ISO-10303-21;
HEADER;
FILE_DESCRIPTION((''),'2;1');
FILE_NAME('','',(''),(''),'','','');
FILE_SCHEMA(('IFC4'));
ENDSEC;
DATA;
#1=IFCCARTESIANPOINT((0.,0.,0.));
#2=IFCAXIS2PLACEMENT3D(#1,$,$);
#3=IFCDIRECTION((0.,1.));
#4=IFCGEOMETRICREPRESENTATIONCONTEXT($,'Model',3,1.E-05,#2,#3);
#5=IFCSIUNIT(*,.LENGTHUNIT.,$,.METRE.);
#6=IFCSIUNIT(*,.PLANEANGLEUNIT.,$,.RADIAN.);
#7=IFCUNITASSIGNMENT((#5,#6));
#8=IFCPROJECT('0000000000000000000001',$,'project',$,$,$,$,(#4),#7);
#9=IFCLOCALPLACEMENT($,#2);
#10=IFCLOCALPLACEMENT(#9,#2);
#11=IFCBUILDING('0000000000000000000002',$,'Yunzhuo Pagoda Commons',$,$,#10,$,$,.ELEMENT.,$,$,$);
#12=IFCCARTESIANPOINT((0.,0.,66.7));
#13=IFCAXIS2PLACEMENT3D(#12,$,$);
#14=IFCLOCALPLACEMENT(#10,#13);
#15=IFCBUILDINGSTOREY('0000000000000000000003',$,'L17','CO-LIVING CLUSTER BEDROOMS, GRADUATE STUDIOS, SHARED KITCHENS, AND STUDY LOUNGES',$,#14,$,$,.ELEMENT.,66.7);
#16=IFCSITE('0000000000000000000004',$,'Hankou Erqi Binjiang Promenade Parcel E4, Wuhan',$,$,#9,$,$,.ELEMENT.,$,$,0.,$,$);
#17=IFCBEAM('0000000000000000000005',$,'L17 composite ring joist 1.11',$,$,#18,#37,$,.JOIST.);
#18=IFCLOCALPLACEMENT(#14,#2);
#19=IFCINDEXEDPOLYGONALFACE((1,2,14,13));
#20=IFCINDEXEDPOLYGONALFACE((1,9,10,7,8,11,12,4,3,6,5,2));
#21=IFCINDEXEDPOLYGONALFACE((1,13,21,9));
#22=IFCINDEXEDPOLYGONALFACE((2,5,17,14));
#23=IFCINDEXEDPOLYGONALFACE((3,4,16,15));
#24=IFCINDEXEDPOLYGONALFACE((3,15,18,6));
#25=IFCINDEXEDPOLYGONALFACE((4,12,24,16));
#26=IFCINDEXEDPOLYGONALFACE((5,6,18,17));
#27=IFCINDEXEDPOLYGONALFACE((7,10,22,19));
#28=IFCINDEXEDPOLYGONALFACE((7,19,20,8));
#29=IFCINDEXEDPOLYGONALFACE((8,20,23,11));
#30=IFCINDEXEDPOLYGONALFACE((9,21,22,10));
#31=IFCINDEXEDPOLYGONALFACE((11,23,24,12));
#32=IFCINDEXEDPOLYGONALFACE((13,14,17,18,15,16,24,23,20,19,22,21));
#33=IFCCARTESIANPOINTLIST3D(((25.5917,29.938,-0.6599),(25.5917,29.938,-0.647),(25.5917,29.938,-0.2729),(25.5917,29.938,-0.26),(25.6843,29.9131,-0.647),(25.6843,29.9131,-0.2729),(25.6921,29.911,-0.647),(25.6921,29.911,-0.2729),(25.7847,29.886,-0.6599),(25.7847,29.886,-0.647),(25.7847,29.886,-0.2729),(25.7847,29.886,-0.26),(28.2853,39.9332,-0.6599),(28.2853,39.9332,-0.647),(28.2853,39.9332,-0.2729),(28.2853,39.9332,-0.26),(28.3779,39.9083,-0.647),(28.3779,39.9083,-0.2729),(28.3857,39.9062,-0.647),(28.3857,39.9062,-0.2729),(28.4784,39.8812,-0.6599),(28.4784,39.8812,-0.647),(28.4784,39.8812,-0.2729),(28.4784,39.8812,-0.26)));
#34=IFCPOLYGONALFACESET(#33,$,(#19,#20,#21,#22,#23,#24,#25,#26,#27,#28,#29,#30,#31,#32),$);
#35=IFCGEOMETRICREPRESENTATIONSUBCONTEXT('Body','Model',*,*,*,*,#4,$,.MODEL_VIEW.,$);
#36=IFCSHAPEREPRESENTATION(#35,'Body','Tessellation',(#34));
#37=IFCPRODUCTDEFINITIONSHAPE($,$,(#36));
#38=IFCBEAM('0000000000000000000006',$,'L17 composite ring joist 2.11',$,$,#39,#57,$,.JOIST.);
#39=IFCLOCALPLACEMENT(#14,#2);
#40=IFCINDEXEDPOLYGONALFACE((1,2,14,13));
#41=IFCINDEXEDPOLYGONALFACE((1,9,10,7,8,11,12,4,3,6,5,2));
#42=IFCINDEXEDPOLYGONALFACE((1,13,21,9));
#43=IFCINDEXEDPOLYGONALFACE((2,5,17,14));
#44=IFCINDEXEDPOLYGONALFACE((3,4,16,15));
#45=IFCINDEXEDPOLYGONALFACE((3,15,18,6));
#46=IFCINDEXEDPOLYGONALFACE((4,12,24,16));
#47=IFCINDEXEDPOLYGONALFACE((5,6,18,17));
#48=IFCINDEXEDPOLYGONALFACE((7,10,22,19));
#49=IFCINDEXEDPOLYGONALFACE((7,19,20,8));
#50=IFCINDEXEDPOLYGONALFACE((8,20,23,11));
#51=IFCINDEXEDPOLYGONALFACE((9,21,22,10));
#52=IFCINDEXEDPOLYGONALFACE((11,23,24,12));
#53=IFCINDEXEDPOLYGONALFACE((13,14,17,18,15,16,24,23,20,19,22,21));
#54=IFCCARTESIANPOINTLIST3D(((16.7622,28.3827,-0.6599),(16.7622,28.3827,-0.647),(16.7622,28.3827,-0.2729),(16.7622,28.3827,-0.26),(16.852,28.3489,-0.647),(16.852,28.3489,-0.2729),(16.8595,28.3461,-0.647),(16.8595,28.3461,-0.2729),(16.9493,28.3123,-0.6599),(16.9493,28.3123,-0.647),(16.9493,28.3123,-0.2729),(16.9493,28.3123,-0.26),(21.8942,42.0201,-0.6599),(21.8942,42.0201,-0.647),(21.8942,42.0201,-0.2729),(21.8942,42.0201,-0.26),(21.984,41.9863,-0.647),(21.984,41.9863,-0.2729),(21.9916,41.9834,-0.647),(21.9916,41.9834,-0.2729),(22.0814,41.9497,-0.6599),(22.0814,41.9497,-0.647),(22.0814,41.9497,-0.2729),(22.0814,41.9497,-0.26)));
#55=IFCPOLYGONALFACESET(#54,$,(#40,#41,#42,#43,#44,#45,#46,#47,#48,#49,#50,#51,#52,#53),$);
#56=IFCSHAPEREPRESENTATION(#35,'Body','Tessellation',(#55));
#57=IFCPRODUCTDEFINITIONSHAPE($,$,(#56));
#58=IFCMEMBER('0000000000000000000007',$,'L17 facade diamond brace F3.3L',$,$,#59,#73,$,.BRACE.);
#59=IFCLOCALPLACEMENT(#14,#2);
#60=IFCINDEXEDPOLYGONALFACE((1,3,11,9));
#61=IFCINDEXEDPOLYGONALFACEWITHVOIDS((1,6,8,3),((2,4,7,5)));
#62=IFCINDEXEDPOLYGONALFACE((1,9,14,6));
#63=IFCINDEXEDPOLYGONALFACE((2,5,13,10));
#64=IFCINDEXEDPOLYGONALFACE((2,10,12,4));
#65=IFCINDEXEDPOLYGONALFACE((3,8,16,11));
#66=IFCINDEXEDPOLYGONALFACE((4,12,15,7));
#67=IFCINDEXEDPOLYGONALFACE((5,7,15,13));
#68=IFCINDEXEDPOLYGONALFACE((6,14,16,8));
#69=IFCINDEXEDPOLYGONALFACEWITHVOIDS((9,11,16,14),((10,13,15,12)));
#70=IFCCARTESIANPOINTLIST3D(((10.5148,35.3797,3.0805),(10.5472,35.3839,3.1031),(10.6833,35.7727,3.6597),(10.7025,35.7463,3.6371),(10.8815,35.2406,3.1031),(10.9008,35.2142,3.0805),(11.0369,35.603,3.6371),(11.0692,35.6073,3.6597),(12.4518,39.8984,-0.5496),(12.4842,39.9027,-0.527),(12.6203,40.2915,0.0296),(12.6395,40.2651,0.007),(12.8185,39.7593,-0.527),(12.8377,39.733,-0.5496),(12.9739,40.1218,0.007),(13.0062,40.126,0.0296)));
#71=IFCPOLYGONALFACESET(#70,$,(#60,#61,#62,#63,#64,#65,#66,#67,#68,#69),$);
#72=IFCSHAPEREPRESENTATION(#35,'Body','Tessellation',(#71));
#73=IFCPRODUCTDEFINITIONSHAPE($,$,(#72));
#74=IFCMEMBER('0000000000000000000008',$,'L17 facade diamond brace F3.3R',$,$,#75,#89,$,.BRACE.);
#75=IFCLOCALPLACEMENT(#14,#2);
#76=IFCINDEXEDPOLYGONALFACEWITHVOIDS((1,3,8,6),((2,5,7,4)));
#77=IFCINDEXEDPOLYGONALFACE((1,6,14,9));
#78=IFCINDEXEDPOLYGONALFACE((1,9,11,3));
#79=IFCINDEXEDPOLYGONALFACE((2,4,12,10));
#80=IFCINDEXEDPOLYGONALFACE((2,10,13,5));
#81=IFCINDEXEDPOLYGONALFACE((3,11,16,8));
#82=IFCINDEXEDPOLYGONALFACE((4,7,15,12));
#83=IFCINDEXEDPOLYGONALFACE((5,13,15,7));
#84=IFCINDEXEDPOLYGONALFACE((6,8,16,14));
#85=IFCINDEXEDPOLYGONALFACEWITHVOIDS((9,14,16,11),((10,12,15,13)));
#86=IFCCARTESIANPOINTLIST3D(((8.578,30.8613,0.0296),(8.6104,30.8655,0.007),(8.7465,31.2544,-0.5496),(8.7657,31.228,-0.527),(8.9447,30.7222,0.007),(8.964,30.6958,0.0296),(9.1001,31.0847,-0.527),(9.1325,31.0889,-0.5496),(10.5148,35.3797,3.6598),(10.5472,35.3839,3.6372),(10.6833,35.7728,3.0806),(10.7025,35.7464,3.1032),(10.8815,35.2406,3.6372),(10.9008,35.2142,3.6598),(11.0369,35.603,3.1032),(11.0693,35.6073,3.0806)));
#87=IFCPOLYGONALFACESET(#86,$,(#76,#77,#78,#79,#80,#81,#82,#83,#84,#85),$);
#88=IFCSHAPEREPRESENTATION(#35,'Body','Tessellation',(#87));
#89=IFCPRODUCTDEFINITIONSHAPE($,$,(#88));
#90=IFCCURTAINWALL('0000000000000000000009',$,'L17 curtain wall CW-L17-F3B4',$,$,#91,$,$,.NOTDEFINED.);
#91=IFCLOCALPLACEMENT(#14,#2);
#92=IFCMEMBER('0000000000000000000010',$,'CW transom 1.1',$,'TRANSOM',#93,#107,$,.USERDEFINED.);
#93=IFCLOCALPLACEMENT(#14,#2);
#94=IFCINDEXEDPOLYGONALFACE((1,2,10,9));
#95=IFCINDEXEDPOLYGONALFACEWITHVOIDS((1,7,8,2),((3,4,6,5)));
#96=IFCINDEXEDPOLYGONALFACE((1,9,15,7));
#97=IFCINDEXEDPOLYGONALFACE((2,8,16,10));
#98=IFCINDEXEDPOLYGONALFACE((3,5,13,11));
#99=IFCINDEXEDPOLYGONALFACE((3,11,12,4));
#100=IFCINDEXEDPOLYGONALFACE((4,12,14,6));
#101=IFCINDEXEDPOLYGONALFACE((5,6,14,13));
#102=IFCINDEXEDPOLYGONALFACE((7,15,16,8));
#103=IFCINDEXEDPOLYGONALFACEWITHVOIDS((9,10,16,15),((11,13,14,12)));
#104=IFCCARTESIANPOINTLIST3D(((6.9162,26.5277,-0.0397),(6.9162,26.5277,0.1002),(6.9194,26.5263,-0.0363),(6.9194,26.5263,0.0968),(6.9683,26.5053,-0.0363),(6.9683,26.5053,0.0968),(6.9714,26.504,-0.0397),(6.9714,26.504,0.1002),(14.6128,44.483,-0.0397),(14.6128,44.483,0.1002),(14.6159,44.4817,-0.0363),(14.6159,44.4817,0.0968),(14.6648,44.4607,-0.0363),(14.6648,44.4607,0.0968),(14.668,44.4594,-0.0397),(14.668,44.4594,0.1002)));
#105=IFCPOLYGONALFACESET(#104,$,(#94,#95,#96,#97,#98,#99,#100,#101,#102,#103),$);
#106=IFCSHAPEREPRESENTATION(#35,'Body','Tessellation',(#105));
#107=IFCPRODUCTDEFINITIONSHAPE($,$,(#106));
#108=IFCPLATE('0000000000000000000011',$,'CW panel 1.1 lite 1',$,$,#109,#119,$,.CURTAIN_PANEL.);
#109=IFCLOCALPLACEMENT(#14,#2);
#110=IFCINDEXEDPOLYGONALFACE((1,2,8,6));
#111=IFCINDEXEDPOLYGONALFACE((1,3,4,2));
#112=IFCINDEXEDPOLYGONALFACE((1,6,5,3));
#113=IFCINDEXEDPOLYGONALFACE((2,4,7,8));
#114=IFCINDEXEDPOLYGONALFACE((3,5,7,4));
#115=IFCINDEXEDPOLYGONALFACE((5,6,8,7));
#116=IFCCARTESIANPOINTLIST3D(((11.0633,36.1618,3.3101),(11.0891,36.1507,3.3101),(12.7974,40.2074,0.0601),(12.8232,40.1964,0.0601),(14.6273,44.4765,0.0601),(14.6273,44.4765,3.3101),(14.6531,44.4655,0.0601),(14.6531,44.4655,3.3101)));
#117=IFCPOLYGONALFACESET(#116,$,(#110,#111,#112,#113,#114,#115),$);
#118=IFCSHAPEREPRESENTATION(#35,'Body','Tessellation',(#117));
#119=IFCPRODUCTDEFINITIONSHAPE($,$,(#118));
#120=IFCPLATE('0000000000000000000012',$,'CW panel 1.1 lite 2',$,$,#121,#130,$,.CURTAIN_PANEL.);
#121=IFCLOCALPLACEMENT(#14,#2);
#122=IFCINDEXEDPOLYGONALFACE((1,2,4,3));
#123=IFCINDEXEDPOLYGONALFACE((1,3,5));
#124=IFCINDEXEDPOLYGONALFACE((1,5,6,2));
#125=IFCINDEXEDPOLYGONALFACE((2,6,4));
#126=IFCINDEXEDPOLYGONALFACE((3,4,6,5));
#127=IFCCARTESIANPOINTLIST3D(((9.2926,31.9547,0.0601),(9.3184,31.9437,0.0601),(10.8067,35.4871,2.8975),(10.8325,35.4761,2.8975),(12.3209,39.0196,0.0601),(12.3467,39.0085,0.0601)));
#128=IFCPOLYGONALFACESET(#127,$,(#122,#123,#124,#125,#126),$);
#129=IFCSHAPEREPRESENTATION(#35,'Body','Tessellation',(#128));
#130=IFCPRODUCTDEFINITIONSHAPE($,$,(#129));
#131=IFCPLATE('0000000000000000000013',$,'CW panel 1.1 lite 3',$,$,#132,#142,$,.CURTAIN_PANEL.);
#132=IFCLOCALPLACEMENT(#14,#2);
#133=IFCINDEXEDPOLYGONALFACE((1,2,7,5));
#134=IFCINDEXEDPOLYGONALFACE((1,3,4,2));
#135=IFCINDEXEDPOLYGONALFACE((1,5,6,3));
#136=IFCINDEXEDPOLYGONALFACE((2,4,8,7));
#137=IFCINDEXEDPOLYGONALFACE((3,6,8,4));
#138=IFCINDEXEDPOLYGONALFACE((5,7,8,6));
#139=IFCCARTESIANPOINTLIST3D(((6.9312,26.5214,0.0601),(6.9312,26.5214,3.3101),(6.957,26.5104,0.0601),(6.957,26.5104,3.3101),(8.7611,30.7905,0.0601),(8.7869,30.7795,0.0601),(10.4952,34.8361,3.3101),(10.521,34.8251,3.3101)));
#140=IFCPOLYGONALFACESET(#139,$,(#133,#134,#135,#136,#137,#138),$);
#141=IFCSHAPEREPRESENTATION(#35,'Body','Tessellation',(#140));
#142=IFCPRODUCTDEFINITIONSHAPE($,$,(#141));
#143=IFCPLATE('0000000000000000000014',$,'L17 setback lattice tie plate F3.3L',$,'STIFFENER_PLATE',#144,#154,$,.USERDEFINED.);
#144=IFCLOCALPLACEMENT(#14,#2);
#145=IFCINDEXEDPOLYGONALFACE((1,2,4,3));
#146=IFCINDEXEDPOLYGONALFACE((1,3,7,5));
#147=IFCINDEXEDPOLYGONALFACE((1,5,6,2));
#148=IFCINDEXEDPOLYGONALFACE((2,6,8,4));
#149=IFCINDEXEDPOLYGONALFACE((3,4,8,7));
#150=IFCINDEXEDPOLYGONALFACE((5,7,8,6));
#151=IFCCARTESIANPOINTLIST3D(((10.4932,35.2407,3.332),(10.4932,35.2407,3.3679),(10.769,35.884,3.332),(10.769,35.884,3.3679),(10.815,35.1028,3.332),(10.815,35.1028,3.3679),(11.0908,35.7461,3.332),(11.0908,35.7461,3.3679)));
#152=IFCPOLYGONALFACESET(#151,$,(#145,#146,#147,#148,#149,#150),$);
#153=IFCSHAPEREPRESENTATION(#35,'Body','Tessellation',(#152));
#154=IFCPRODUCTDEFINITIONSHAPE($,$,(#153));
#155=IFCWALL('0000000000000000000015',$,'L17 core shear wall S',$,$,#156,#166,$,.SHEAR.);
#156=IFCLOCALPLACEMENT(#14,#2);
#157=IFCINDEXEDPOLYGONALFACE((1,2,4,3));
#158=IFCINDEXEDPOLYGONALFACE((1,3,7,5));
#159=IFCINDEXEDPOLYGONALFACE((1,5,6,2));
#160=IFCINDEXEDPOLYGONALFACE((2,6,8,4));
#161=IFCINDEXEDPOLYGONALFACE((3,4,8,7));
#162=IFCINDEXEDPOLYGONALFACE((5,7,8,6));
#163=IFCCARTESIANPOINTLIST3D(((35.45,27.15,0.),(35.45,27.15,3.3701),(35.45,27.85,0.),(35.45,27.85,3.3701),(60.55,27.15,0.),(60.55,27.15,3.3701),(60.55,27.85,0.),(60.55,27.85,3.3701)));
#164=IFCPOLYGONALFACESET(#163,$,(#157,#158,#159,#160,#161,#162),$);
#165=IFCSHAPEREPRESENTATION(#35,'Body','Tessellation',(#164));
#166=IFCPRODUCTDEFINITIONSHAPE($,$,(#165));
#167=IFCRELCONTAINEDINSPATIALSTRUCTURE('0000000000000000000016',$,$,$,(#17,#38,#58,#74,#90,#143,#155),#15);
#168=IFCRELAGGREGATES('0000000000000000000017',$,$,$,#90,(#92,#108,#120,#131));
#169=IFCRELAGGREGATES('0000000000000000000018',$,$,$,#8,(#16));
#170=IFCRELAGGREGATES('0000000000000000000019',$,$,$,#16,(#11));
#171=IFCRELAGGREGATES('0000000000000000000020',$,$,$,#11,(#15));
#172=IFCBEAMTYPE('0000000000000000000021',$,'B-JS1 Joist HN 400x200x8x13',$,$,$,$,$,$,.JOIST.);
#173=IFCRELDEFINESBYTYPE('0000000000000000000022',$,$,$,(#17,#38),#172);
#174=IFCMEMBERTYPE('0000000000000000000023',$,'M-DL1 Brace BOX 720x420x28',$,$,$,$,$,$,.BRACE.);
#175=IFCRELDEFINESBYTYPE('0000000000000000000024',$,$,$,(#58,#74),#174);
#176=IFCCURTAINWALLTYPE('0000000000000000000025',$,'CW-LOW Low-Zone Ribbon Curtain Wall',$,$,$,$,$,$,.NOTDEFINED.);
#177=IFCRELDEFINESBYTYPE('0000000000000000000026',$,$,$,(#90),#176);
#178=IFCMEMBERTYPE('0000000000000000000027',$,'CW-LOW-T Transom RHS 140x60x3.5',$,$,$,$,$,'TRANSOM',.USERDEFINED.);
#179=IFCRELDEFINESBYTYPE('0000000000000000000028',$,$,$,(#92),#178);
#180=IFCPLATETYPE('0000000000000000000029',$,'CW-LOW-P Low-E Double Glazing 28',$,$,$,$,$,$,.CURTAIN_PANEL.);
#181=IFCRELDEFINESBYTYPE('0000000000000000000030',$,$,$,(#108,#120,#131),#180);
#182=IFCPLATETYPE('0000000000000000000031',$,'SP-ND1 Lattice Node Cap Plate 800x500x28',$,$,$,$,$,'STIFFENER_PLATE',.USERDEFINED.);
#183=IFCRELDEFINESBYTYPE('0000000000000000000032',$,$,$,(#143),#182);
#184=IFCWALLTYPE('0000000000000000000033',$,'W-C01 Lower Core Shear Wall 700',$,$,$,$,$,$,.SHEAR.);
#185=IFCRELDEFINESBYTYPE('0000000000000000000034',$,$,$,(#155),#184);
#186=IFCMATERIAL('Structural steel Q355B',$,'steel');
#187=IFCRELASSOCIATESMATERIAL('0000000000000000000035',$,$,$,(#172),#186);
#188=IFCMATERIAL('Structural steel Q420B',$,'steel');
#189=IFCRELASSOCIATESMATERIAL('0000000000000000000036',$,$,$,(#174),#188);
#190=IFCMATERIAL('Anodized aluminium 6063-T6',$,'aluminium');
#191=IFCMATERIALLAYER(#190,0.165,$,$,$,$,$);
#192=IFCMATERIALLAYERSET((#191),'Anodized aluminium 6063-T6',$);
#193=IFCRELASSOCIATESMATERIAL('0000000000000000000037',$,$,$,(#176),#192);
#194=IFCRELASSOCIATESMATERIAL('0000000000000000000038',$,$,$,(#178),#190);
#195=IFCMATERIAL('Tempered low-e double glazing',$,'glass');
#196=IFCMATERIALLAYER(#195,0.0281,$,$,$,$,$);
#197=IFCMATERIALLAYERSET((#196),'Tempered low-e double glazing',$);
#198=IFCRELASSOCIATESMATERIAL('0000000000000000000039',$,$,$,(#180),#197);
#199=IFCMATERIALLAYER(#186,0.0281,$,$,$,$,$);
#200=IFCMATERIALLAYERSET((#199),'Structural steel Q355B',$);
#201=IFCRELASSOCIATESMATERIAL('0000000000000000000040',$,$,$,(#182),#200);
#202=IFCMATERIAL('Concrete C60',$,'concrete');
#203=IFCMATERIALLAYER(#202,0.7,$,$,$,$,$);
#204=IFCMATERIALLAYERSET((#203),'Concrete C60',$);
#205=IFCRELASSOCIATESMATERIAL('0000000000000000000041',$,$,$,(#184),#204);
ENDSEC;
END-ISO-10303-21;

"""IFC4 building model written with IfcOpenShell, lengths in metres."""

from ifc_helpers import new_model, si_unit, direction, frame, frame_2d, origin, origin_2d, place, context, subcontext, project, spatial, polyline, rectangle, hollow_rectangle, i_section, outline, extrude, source, transform, mapped, material, layer, layer_set, material_profile, profile_set, type_object, element, aggregate, save


model = new_model("IFC4")

# Units and contexts
model_context = context("Model", 3, precision=1e-05, world=origin(), true_north=direction((0.0, 1.0)))
body_context = subcontext(model_context, "Body", "Model", "MODEL_VIEW")
ifc_project = project(units=[si_unit("LENGTHUNIT", "METRE"), si_unit("PLANEANGLEUNIT", "RADIAN")], contexts=[model_context])

# Site, building, storey
site_placement = place(None, origin())
site = spatial("IfcSite", under=ifc_project, at=site_placement, Name="Hankou Erqi Binjiang Promenade Parcel E4, Wuhan", CompositionType="ELEMENT", RefElevation=0.0)
building_placement = place(site_placement, origin())
building = spatial("IfcBuilding", under=site, at=building_placement, Name="Yunzhuo Pagoda Commons", CompositionType="ELEMENT")
storey_placement = place(building_placement, frame((0.0, 0.0, 66.7)))
storey = spatial("IfcBuildingStorey", under=building, at=storey_placement, Name="L17", Description="CO-LIVING CLUSTER BEDROOMS, GRADUATE STUDIOS, SHARED KITCHENS, AND STUDY LOUNGES", CompositionType="ELEMENT", Elevation=66.7)

# Shared definitions
ifc_material_1 = material(Name="Structural steel Q420B", Category="steel")

# Beams
ifc_material_2 = material(Name="Structural steel Q355B", Category="steel")
ifc_material_profile_1 = material_profile(ifc_material_2, i_section(OverallWidth=0.2, OverallDepth=0.3999, WebThickness=0.0081, FlangeThickness=0.0129, at=origin_2d()), Name="Structural steel Q355B")
ifc_profile_set_1 = profile_set([ifc_material_profile_1], Name="Structural steel Q355B")
beam_type_1 = type_object("IfcBeamType", Name="B-JS1 Joist HN 400x200x8x13", PredefinedType="JOIST", material=ifc_profile_set_1)
shared_shape_1 = source(origin(), body_context, "Body", "SweptSolid", [
    extrude(i_section(OverallWidth=0.2, OverallDepth=0.3999, WebThickness=0.0081, FlangeThickness=0.0129, at=origin_2d()), origin(), (0.0, 0.0, 1.0), 10.3518),
])
beam_1_placement = place(storey_placement, frame((28.3818, 39.9072, -0.46), z_axis=(-0.260209, -0.965552, 0.0), x_axis=(0.965552, -0.260209, 0.0)))
element("IfcBeam", 1, at=beam_1_placement, inside=storey, type_object=beam_type_1, Name="L17 composite ring joist 1.11", PredefinedType="JOIST", context=body_context, shape_type="MappedRepresentation", body=[
    mapped(shared_shape_1, transform((0.0, 0.0, 0.0), scale=1.0)),
])
shared_shape_2 = source(origin(), body_context, "Body", "SweptSolid", [
    extrude(i_section(OverallWidth=0.2, OverallDepth=0.3999, WebThickness=0.0081, FlangeThickness=0.0129, at=origin_2d()), origin(), (0.0, 0.0, 1.0), 14.571),
])
beam_2_placement = place(storey_placement, frame((21.9878, 41.9849, -0.46), z_axis=(-0.352208, -0.935922, 0.0), x_axis=(0.935922, -0.352208, 0.0)))
element("IfcBeam", 2, at=beam_2_placement, inside=storey, type_object=beam_type_1, Name="L17 composite ring joist 2.11", PredefinedType="JOIST", context=body_context, shape_type="MappedRepresentation", body=[
    mapped(shared_shape_2, transform((0.0, 0.0, 0.0), scale=1.0)),
])

# Members
ifc_material_profile_2 = material_profile(ifc_material_1, hollow_rectangle(XDim=0.4199, YDim=0.72, WallThickness=0.0281, at=origin_2d()), Name="Structural steel Q420B")
ifc_profile_set_2 = profile_set([ifc_material_profile_2], Name="Structural steel Q420B")
member_type_1 = type_object("IfcMemberType", Name="M-DL1 Brace BOX 720x420x28", PredefinedType="BRACE", material=ifc_profile_set_2)
shared_shape_3 = source(origin(), body_context, "Body", "SweptSolid", [
    extrude(hollow_rectangle(XDim=0.4199, YDim=0.72, WallThickness=0.0281, at=origin_2d()), origin(), (0.0, 0.0, 1.0), 6.1113),
])
member_1_placement = place(storey_placement, frame((12.729, 40.0122, -0.26), z_axis=(-0.31695, -0.739403, 0.593991), x_axis=(0.919117, -0.393985, 0.0)))
element("IfcMember", 3, at=member_1_placement, inside=storey, type_object=member_type_1, Name="L17 facade diamond brace F3.3L", PredefinedType="BRACE", context=body_context, shape_type="MappedRepresentation", body=[
    mapped(shared_shape_3, transform((0.0, 0.0, 0.0), scale=1.0)),
])
shared_shape_4 = source(origin(), body_context, "Body", "SweptSolid", [
    extrude(hollow_rectangle(XDim=0.4199, YDim=0.72, WallThickness=0.0281, at=origin_2d()), origin(), (0.0, 0.0, 1.0), 6.1111),
])
member_2_placement = place(storey_placement, frame((8.8552, 30.9751, -0.26), z_axis=(0.316933, 0.739376, 0.594034), x_axis=(-0.919119, 0.393979, 0.0)))
element("IfcMember", 4, at=member_2_placement, inside=storey, type_object=member_type_1, Name="L17 facade diamond brace F3.3R", PredefinedType="BRACE", context=body_context, shape_type="MappedRepresentation", body=[
    mapped(shared_shape_4, transform((0.0, 0.0, 0.0), scale=1.0)),
])

# Curtain wall, member, plates
ifc_material_3 = material(Name="Anodized aluminium 6063-T6", Category="aluminium")
ifc_layer_1 = layer(ifc_material_3, 0.165)
ifc_layer_set_1 = layer_set([ifc_layer_1], Name="Anodized aluminium 6063-T6")
curtain_wall_type = type_object("IfcCurtainWallType", Name="CW-LOW Low-Zone Ribbon Curtain Wall", PredefinedType="NOTDEFINED", material=ifc_layer_set_1)
curtain_wall_placement = place(storey_placement, origin())
curtain_wall = element("IfcCurtainWall", 5, at=curtain_wall_placement, inside=storey, type_object=curtain_wall_type, Name="L17 curtain wall CW-L17-F3B4", PredefinedType="NOTDEFINED")
ifc_material_profile_3 = material_profile(ifc_material_3, hollow_rectangle(XDim=0.0601, YDim=0.1399, WallThickness=0.0034, at=origin_2d()), Name="Anodized aluminium 6063-T6")
ifc_profile_set_3 = profile_set([ifc_material_profile_3], Name="Anodized aluminium 6063-T6")
member_type_2 = type_object("IfcMemberType", Name="CW-LOW-T Transom RHS 140x60x3.5", ElementType="TRANSOM", PredefinedType="USERDEFINED", material=ifc_profile_set_3)
shared_shape_5 = source(origin(), body_context, "Body", "SweptSolid", [
    extrude(hollow_rectangle(XDim=0.0601, YDim=0.1399, WallThickness=0.0034, at=origin_2d()), origin(), (0.0, 0.0, 1.0), 19.5354),
])
member_3_placement = place(storey_placement, frame((14.6404, 44.4712, 0.0303), z_axis=(-0.39398, -0.919119, 0.0), x_axis=(0.919119, -0.39398, 0.0)))
member_3 = element("IfcMember", 6, at=member_3_placement, type_object=member_type_2, Name="CW transom 1.1", ObjectType="TRANSOM", PredefinedType="USERDEFINED", context=body_context, shape_type="MappedRepresentation", body=[
    mapped(shared_shape_5, transform((0.0, 0.0, 0.0), scale=1.0)),
])
ifc_material_4 = material(Name="Tempered low-e double glazing", Category="glass")
ifc_layer_2 = layer(ifc_material_4, 0.0281)
ifc_layer_set_2 = layer_set([ifc_layer_2], Name="Tempered low-e double glazing")
plate_type_1 = type_object("IfcPlateType", Name="CW-LOW-P Low-E Double Glazing 28", PredefinedType="CURTAIN_PANEL", material=ifc_layer_set_2)
plate_1_placement = place(storey_placement, frame((12.8711, 40.3081, 1.6851), z_axis=(-0.919121, 0.393975, 0.0), x_axis=(-0.393975, -0.919121, 0.0)))
plate_1 = element("IfcPlate", 7, at=plate_1_placement, type_object=plate_type_1, Name="CW panel 1.1 lite 1", PredefinedType="CURTAIN_PANEL", context=body_context, shape_type="SweptSolid", body=[
    extrude(outline(polyline([(-4.5232, -1.625), (0.1216, -1.625), (4.5232, 1.625), (-4.5232, 1.625), (-4.5232, -1.625)])), origin(), (0.0, 0.0, 1.0), 0.0281),
])
plate_2_placement = place(storey_placement, frame((10.8325, 35.4761, 1.4788), z_axis=(-0.919121, 0.393975, 0.0), x_axis=(-0.393975, -0.919121, 0.0)))
plate_2 = element("IfcPlate", 8, at=plate_2_placement, type_object=plate_type_1, Name="CW panel 1.1 lite 2", PredefinedType="CURTAIN_PANEL", context=body_context, shape_type="SweptSolid", body=[
    extrude(outline(polyline([(-3.8433, -1.4187), (3.8433, -1.4187), (0.0, 1.4187), (-3.8433, -1.4187)])), origin(), (0.0, 0.0, 1.0), 0.0281),
])
plate_3_placement = place(storey_placement, frame((8.739, 30.6677, 1.6851), z_axis=(-0.919121, 0.393975, 0.0), x_axis=(-0.393975, -0.919121, 0.0)))
plate_3 = element("IfcPlate", 9, at=plate_3_placement, type_object=plate_type_1, Name="CW panel 1.1 lite 3", PredefinedType="CURTAIN_PANEL", context=body_context, shape_type="SweptSolid", body=[
    extrude(outline(polyline([(-4.5232, 1.625), (-0.1216, -1.625), (4.5232, -1.625), (4.5232, 1.625), (-4.5232, 1.625)])), origin(), (0.0, 0.0, 1.0), 0.0281),
])
aggregate(curtain_wall, [member_3, plate_1, plate_2, plate_3])

# Plate
ifc_layer_3 = layer(ifc_material_2, 0.0281)
ifc_layer_set_3 = layer_set([ifc_layer_3], Name="Structural steel Q355B")
plate_type_2 = type_object("IfcPlateType", Name="SP-ND1 Lattice Node Cap Plate 800x500x28", ElementType="STIFFENER_PLATE", PredefinedType="USERDEFINED", material=ifc_layer_set_3)
shared_shape_6 = source(origin(), body_context, "Body", "SweptSolid", [
    extrude(rectangle(XDim=0.7, YDim=0.3501, at=origin_2d()), origin(), (0.0, 0.0, 1.0), 0.0359),
])
plate_4_placement = place(storey_placement, frame((10.792, 35.4934, 3.332), z_axis=(0.0, 0.0, 1.0), x_axis=(-0.393974, -0.919122, 0.0)))
element("IfcPlate", 10, at=plate_4_placement, inside=storey, type_object=plate_type_2, Name="L17 setback lattice tie plate F3.3L", ObjectType="STIFFENER_PLATE", PredefinedType="USERDEFINED", context=body_context, shape_type="MappedRepresentation", body=[
    mapped(shared_shape_6, transform((0.0, 0.0, 0.0), scale=1.0)),
])

# Wall
ifc_material_5 = material(Name="Concrete C60", Category="concrete")
ifc_layer_4 = layer(ifc_material_5, 0.7)
ifc_layer_set_4 = layer_set([ifc_layer_4], Name="Concrete C60")
wall_type_1 = type_object("IfcWallType", Name="W-C01 Lower Core Shear Wall 700", PredefinedType="SHEAR", material=ifc_layer_set_4)
wall_1_placement = place(storey_placement, frame((35.45, 27.5, 0.0), z_axis=(0.0, 0.0, 1.0), x_axis=(1.0, 0.0, 0.0)))
element("IfcWall", 11, at=wall_1_placement, inside=storey, type_object=wall_type_1, Name="L17 core shear wall S", PredefinedType="SHEAR", context=body_context, shape_type="SweptSolid", body=[
    extrude(rectangle(XDim=25.1001, YDim=0.7, at=frame_2d((12.55, 0.0))), origin(), (0.0, 0.0, 1.0), 3.3701),
])

save(model, "model.ifc")
